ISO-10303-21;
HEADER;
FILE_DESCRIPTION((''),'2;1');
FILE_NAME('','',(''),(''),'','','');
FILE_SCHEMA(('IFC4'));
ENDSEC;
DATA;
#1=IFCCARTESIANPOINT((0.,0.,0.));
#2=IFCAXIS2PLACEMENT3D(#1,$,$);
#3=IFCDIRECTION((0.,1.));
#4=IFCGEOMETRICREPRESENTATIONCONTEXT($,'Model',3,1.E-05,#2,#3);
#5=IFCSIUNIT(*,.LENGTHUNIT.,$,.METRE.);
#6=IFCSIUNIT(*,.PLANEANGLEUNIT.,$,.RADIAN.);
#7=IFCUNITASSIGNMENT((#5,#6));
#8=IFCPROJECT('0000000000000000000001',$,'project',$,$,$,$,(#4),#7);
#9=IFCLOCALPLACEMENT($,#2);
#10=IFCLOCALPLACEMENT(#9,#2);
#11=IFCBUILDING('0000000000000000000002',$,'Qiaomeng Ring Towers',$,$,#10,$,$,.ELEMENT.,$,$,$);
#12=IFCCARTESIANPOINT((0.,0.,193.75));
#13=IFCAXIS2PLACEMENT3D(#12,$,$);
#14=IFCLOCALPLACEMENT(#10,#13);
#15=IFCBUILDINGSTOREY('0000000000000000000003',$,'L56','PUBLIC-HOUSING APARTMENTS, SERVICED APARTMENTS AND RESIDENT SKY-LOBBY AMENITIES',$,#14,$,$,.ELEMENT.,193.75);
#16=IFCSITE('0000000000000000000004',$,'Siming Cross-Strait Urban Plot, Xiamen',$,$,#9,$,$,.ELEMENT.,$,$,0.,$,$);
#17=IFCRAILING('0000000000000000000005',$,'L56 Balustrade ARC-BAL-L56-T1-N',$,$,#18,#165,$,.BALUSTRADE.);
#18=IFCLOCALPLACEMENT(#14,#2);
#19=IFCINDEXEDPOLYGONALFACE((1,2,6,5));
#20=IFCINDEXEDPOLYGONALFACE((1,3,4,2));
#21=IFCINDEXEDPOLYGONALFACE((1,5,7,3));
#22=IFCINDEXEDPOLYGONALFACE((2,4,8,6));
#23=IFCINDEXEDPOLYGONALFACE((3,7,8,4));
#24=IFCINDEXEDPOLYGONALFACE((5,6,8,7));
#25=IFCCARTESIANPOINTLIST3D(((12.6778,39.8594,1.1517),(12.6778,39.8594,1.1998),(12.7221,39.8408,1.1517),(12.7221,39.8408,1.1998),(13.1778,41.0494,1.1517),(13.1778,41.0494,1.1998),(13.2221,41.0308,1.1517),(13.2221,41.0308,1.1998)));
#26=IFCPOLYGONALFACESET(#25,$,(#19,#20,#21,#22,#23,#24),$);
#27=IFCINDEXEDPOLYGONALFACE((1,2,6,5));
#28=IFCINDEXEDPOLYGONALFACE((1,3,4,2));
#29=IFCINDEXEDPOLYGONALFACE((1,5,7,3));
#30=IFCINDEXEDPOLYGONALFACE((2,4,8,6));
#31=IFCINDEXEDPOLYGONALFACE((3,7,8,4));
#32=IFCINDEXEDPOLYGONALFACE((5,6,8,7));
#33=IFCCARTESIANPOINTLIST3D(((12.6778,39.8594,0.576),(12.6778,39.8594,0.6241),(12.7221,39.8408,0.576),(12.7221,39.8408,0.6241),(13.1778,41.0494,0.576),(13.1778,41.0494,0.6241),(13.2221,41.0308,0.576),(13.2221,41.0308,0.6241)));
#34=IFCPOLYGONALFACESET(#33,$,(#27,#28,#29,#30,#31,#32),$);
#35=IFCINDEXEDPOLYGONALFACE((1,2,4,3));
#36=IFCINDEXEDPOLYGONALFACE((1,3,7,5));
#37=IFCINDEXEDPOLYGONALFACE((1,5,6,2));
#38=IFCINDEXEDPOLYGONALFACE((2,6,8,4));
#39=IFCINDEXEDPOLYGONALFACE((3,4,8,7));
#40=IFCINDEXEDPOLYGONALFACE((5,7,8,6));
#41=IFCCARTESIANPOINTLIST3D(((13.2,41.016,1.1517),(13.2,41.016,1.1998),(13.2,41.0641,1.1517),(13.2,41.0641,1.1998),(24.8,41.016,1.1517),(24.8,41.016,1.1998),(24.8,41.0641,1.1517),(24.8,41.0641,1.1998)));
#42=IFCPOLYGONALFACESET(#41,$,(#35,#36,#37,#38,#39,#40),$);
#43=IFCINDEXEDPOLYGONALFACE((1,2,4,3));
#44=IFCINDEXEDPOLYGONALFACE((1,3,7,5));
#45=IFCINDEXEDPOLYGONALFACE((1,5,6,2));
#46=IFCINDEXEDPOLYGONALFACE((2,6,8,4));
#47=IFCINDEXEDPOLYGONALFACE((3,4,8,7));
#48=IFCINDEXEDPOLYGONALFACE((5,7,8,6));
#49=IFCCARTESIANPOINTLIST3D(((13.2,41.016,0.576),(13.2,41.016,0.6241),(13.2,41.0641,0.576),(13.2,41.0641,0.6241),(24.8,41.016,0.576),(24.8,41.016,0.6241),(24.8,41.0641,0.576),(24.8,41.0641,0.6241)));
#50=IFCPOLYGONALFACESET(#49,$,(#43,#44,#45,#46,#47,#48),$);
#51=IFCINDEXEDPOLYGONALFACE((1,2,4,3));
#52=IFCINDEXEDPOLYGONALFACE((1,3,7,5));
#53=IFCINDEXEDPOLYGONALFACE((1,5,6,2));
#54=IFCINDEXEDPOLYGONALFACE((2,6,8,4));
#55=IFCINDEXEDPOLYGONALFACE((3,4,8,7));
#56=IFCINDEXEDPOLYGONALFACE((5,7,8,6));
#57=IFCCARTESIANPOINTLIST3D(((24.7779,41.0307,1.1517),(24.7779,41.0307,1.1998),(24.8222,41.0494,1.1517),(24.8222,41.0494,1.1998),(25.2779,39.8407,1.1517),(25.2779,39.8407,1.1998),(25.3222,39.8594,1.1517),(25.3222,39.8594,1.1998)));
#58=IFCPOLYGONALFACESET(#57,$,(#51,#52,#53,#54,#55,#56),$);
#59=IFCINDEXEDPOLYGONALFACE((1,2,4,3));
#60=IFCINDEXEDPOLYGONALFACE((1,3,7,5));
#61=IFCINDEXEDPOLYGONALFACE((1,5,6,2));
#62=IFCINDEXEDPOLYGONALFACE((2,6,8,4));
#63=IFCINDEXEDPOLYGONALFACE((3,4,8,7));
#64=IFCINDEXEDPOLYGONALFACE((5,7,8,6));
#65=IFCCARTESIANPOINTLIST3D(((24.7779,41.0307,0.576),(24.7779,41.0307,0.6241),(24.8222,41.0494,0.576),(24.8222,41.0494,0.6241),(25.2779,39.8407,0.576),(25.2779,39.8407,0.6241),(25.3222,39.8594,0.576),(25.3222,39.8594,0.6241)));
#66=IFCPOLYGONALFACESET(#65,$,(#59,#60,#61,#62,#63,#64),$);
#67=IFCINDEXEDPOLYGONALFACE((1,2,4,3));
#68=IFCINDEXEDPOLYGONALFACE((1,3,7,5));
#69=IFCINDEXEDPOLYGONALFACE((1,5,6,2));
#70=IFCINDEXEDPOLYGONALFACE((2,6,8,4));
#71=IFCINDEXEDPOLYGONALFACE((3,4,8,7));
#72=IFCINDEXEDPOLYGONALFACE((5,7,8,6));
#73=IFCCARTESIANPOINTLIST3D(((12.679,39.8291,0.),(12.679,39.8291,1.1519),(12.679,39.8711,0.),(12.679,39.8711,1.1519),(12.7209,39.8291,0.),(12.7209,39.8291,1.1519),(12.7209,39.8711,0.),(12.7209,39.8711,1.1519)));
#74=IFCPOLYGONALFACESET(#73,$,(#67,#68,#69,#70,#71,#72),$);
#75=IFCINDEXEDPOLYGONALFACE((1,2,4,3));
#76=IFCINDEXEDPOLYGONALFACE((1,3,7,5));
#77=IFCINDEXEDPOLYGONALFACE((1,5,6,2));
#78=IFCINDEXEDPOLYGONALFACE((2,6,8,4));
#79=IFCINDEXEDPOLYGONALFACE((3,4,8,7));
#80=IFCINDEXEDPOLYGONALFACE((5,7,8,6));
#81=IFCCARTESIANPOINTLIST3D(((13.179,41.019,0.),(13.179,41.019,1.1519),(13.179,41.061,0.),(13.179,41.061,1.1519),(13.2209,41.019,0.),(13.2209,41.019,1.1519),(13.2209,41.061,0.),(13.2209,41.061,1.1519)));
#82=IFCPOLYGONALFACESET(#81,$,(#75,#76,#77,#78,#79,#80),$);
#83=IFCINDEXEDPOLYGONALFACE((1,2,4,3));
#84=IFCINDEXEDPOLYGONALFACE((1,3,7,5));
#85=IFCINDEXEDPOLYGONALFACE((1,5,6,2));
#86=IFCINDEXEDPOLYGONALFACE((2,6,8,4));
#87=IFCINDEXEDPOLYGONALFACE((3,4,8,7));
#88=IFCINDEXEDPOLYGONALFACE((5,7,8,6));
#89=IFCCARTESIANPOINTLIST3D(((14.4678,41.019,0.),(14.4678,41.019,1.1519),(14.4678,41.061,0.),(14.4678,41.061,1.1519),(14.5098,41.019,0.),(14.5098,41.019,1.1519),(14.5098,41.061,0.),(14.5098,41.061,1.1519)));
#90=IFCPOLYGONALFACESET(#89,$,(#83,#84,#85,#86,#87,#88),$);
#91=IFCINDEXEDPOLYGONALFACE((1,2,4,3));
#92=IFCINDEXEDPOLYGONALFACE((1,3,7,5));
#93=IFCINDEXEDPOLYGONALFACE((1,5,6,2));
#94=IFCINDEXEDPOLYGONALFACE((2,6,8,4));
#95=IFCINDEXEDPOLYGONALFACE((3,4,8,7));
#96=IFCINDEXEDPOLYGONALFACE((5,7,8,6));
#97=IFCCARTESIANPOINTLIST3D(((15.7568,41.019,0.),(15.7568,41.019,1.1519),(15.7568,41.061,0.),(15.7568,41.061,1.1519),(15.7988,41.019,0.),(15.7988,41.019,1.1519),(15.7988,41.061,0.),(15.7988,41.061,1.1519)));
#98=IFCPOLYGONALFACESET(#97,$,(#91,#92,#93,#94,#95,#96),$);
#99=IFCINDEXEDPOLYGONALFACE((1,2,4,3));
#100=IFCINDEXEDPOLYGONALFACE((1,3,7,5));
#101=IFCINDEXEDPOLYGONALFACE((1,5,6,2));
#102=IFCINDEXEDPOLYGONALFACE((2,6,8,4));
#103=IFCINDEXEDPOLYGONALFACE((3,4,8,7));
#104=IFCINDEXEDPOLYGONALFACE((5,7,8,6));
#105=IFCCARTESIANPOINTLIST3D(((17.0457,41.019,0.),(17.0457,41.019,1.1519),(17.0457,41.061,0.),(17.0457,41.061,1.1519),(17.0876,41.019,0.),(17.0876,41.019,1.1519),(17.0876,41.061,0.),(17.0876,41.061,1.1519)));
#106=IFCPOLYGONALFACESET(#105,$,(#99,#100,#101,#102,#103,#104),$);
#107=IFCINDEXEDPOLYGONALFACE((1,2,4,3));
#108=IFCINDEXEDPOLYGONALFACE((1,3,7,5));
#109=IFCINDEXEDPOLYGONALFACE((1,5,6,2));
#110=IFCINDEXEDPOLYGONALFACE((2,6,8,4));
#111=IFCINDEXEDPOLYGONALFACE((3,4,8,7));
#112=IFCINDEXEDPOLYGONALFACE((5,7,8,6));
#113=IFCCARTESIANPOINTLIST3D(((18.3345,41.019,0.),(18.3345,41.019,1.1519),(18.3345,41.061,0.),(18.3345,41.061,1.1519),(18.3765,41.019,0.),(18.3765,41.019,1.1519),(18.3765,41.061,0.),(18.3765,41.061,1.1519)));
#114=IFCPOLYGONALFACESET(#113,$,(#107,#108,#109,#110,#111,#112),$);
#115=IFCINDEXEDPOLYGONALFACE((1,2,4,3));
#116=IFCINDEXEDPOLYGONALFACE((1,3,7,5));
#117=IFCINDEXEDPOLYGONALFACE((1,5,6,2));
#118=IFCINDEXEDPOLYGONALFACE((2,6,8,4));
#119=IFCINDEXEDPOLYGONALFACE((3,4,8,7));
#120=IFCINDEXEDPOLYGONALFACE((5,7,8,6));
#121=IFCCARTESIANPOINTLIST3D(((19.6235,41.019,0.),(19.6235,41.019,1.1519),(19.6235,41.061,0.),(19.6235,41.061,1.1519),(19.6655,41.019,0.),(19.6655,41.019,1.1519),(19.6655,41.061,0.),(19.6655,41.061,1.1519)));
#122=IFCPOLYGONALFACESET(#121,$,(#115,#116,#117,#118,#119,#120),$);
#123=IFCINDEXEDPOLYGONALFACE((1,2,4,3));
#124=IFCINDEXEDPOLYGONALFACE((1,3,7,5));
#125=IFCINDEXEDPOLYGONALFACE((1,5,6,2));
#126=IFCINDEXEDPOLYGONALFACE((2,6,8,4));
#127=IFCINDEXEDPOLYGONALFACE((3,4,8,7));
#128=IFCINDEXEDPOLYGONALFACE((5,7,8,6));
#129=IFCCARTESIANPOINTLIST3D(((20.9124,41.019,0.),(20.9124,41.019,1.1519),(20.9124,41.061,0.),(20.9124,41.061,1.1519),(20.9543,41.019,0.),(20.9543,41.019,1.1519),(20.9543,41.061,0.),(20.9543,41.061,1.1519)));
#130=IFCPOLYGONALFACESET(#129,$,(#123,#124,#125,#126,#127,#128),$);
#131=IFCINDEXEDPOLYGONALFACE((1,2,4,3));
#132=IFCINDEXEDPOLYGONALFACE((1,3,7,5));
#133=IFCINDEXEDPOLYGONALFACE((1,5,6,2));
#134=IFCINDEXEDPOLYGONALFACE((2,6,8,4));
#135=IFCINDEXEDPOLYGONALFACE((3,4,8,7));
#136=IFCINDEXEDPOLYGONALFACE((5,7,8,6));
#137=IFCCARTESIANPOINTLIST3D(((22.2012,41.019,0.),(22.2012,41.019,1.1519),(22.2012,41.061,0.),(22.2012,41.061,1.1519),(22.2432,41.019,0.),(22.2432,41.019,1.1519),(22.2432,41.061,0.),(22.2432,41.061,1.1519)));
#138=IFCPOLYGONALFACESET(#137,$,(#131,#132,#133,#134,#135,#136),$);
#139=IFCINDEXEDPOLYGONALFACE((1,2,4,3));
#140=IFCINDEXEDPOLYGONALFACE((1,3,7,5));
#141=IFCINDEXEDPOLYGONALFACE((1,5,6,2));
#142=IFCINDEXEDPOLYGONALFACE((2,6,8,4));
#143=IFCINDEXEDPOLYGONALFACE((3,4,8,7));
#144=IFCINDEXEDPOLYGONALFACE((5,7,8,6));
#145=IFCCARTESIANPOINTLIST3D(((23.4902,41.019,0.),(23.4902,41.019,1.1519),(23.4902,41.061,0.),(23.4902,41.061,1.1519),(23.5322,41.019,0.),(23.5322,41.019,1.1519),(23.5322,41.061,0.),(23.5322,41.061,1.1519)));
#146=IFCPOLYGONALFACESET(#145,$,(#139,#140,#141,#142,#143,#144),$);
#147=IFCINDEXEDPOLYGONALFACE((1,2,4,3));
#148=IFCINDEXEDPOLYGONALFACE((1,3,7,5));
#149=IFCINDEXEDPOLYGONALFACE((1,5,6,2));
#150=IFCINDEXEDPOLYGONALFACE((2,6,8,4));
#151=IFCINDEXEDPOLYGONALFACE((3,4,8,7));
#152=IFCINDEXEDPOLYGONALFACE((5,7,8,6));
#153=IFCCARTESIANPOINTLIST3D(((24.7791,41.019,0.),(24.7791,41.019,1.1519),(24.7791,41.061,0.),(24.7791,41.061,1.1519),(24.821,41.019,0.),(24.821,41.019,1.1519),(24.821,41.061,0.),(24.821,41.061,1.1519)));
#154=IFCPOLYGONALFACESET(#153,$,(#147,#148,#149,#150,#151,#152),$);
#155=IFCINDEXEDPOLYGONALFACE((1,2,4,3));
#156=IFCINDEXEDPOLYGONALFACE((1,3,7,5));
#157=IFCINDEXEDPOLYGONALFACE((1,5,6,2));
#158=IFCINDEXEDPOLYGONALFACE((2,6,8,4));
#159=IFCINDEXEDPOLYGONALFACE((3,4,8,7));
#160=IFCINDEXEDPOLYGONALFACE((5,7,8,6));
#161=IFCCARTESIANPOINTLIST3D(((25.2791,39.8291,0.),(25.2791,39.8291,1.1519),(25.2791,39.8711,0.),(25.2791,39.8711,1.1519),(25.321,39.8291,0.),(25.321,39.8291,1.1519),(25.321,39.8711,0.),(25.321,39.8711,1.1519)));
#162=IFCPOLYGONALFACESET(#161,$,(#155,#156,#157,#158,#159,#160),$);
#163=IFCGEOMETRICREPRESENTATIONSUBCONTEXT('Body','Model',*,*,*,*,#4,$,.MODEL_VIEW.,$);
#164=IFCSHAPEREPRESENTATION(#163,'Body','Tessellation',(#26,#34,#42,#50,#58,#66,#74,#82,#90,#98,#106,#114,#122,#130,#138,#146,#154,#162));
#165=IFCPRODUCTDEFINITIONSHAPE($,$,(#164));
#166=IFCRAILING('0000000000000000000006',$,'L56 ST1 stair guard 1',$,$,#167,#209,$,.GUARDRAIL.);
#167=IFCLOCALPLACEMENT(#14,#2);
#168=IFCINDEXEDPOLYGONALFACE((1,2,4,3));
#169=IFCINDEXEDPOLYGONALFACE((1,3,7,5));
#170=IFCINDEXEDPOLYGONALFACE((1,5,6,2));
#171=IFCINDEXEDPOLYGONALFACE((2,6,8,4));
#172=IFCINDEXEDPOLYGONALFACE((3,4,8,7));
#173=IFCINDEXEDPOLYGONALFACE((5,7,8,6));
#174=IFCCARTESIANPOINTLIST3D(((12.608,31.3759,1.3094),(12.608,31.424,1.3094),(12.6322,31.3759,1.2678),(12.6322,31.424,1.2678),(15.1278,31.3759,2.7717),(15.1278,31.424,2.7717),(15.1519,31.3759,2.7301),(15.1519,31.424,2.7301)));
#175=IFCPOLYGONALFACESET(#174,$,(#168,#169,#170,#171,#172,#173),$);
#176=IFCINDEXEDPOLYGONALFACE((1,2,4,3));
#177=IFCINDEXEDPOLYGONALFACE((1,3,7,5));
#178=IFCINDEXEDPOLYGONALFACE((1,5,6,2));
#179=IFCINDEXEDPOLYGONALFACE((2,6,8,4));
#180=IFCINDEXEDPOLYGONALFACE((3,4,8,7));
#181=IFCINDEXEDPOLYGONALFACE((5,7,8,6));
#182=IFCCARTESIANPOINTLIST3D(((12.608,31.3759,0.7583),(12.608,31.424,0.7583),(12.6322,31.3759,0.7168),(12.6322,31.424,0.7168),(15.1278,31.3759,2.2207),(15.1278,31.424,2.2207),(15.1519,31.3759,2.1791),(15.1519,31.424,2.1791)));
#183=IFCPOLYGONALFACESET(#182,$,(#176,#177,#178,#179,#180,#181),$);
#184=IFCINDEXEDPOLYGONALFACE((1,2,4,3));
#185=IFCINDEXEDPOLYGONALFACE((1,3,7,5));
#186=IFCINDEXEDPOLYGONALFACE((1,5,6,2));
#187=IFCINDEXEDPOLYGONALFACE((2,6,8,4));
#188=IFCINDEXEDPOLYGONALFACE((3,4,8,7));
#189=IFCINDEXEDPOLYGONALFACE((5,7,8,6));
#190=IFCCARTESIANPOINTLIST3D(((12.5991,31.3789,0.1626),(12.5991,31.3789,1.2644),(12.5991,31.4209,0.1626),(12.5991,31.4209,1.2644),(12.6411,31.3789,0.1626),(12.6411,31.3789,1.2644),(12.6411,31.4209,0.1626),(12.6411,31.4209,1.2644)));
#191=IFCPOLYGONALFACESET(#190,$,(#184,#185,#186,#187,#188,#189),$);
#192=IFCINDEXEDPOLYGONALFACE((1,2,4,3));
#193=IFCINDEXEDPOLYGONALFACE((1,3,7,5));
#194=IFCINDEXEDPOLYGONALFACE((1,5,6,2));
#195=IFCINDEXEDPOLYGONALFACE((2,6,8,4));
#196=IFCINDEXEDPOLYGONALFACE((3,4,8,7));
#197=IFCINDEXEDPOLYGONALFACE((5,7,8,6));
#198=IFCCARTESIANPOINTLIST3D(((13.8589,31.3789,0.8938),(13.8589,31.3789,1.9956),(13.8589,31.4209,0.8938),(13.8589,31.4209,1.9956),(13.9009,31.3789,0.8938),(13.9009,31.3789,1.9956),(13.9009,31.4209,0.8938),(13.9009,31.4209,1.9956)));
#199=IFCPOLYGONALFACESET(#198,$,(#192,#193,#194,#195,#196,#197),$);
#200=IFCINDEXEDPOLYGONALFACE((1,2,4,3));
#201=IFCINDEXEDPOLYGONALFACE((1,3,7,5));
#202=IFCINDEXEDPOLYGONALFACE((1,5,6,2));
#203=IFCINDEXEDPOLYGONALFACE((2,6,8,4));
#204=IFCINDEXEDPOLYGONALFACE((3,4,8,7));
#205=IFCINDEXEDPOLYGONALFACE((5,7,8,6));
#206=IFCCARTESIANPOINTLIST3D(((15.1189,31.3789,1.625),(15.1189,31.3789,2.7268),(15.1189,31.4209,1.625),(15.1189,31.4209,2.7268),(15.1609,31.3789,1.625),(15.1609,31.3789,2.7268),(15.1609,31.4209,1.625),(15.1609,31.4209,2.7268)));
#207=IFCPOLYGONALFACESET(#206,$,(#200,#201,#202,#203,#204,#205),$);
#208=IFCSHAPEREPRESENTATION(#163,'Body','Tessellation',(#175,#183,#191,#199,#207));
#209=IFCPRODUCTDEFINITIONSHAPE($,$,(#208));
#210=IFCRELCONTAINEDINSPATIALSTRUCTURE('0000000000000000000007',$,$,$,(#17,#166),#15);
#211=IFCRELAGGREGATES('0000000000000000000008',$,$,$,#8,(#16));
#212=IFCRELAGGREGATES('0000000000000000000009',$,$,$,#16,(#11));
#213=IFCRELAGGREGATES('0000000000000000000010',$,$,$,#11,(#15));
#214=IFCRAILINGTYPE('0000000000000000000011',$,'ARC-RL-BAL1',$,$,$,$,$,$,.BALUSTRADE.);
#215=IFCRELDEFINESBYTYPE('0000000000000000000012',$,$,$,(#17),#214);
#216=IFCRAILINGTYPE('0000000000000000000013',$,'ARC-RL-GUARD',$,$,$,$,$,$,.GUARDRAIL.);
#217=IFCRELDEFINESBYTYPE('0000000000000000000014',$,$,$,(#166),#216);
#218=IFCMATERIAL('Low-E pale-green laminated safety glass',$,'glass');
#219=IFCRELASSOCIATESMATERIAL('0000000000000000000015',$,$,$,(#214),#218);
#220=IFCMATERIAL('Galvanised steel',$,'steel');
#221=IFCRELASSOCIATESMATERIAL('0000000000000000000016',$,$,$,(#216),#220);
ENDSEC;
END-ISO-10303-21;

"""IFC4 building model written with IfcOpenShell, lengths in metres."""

from ifc_helpers import new_model, si_unit, direction, frame, origin, origin_2d, place, context, subcontext, project, spatial, rectangle, extrude, material, type_object, element, save


model = new_model("IFC4")

# Units and contexts
model_context = context("Model", 3, precision=1e-05, world=origin(), true_north=direction((0.0, 1.0)))
body_context = subcontext(model_context, "Body", "Model", "MODEL_VIEW")
ifc_project = project(units=[si_unit("LENGTHUNIT", "METRE"), si_unit("PLANEANGLEUNIT", "RADIAN")], contexts=[model_context])

# Site, building, storey
site_placement = place(None, origin())
site = spatial("IfcSite", under=ifc_project, at=site_placement, Name="Siming Cross-Strait Urban Plot, Xiamen", CompositionType="ELEMENT", RefElevation=0.0)
building_placement = place(site_placement, origin())
building = spatial("IfcBuilding", under=site, at=building_placement, Name="Qiaomeng Ring Towers", CompositionType="ELEMENT")
storey_placement = place(building_placement, frame((0.0, 0.0, 193.75)))
storey = spatial("IfcBuildingStorey", under=building, at=storey_placement, Name="L56", Description="PUBLIC-HOUSING APARTMENTS, SERVICED APARTMENTS AND RESIDENT SKY-LOBBY AMENITIES", CompositionType="ELEMENT", Elevation=193.75)

# Shared definitions
ifc_material_1 = material(Name="Galvanised steel", Category="steel")

# Railings
ifc_material_2 = material(Name="Low-E pale-green laminated safety glass", Category="glass")
railing_type_1 = type_object("IfcRailingType", Name="ARC-RL-BAL1", PredefinedType="BALUSTRADE", material=ifc_material_2)
railing_1_placement = place(storey_placement, frame((12.7, 39.8501, 0.0)))
element("IfcRailing", 1, at=railing_1_placement, inside=storey, type_object=railing_type_1, Name="L56 Balustrade ARC-BAL-L56-T1-N", PredefinedType="BALUSTRADE", context=body_context, shape_type="SweptSolid", body=[
    extrude(rectangle(XDim=0.0481, YDim=0.0481, at=origin_2d()), frame((0.0, 0.0, 1.1758), z_axis=(0.38738, 0.92192, 0.0), x_axis=(-0.92192, 0.38738, 0.0)), (0.0, 0.0, 1.0), 1.2908),
    extrude(rectangle(XDim=0.0481, YDim=0.0481, at=origin_2d()), frame((0.0, 0.0, 0.6001), z_axis=(0.38738, 0.92192, 0.0), x_axis=(-0.92192, 0.38738, 0.0)), (0.0, 0.0, 1.0), 1.2908),
    extrude(rectangle(XDim=0.0481, YDim=0.0481, at=origin_2d()), frame((0.5, 1.1899, 1.1758), z_axis=(1.0, 0.0, 0.0), x_axis=(0.0, 1.0, 0.0)), (0.0, 0.0, 1.0), 11.6001),
    extrude(rectangle(XDim=0.0481, YDim=0.0481, at=origin_2d()), frame((0.5, 1.1899, 0.6001), z_axis=(1.0, 0.0, 0.0), x_axis=(0.0, 1.0, 0.0)), (0.0, 0.0, 1.0), 11.6001),
    extrude(rectangle(XDim=0.0481, YDim=0.0481, at=origin_2d()), frame((12.1001, 1.1899, 1.1758), z_axis=(0.38738, -0.92192, 0.0), x_axis=(0.92192, 0.38738, 0.0)), (0.0, 0.0, 1.0), 1.2908),
    extrude(rectangle(XDim=0.0481, YDim=0.0481, at=origin_2d()), frame((12.1001, 1.1899, 0.6001), z_axis=(0.38738, -0.92192, 0.0), x_axis=(0.92192, 0.38738, 0.0)), (0.0, 0.0, 1.0), 1.2908),
    extrude(rectangle(XDim=0.042, YDim=0.042, at=origin_2d()), origin(), (0.0, 0.0, 1.0), 1.1519),
    extrude(rectangle(XDim=0.042, YDim=0.042, at=origin_2d()), frame((0.5, 1.1899, 0.0)), (0.0, 0.0, 1.0), 1.1519),
    extrude(rectangle(XDim=0.042, YDim=0.042, at=origin_2d()), frame((1.7888, 1.1899, 0.0)), (0.0, 0.0, 1.0), 1.1519),
    extrude(rectangle(XDim=0.042, YDim=0.042, at=origin_2d()), frame((3.0779, 1.1899, 0.0)), (0.0, 0.0, 1.0), 1.1519),
    extrude(rectangle(XDim=0.042, YDim=0.042, at=origin_2d()), frame((4.3667, 1.1899, 0.0)), (0.0, 0.0, 1.0), 1.1519),
    extrude(rectangle(XDim=0.042, YDim=0.042, at=origin_2d()), frame((5.6555, 1.1899, 0.0)), (0.0, 0.0, 1.0), 1.1519),
    extrude(rectangle(XDim=0.042, YDim=0.042, at=origin_2d()), frame((6.9446, 1.1899, 0.0)), (0.0, 0.0, 1.0), 1.1519),
    extrude(rectangle(XDim=0.042, YDim=0.042, at=origin_2d()), frame((8.2334, 1.1899, 0.0)), (0.0, 0.0, 1.0), 1.1519),
    extrude(rectangle(XDim=0.042, YDim=0.042, at=origin_2d()), frame((9.5222, 1.1899, 0.0)), (0.0, 0.0, 1.0), 1.1519),
    extrude(rectangle(XDim=0.042, YDim=0.042, at=origin_2d()), frame((10.8113, 1.1899, 0.0)), (0.0, 0.0, 1.0), 1.1519),
    extrude(rectangle(XDim=0.042, YDim=0.042, at=origin_2d()), frame((12.1001, 1.1899, 0.0)), (0.0, 0.0, 1.0), 1.1519),
    extrude(rectangle(XDim=0.042, YDim=0.042, at=origin_2d()), frame((12.6001, 0.0, 0.0)), (0.0, 0.0, 1.0), 1.1519),
])
railing_type_2 = type_object("IfcRailingType", Name="ARC-RL-GUARD", PredefinedType="GUARDRAIL", material=ifc_material_1)
railing_2_placement = place(storey_placement, frame((12.6201, 31.3999, 0.1626)))
element("IfcRailing", 2, at=railing_2_placement, inside=storey, type_object=railing_type_2, Name="L56 ST1 stair guard 1", PredefinedType="GUARDRAIL", context=body_context, shape_type="SweptSolid", body=[
    extrude(rectangle(XDim=0.0481, YDim=0.0481, at=origin_2d()), frame((0.0, 0.0, 1.126), z_axis=(0.864892, 0.0, 0.501958), x_axis=(0.0, 1.0, 0.0)), (0.0, 0.0, 1.0), 2.9133),
    extrude(rectangle(XDim=0.0481, YDim=0.0481, at=origin_2d()), frame((0.0, 0.0, 0.575), z_axis=(0.864892, 0.0, 0.501958), x_axis=(0.0, 1.0, 0.0)), (0.0, 0.0, 1.0), 2.9133),
    extrude(rectangle(XDim=0.042, YDim=0.042, at=origin_2d()), origin(), (0.0, 0.0, 1.0), 1.1018),
    extrude(rectangle(XDim=0.042, YDim=0.042, at=origin_2d()), frame((1.2598, 0.0, 0.7312)), (0.0, 0.0, 1.0), 1.1018),
    extrude(rectangle(XDim=0.042, YDim=0.042, at=origin_2d()), frame((2.5198, 0.0, 1.4624)), (0.0, 0.0, 1.0), 1.1018),
])

save(model, "model.ifc")
